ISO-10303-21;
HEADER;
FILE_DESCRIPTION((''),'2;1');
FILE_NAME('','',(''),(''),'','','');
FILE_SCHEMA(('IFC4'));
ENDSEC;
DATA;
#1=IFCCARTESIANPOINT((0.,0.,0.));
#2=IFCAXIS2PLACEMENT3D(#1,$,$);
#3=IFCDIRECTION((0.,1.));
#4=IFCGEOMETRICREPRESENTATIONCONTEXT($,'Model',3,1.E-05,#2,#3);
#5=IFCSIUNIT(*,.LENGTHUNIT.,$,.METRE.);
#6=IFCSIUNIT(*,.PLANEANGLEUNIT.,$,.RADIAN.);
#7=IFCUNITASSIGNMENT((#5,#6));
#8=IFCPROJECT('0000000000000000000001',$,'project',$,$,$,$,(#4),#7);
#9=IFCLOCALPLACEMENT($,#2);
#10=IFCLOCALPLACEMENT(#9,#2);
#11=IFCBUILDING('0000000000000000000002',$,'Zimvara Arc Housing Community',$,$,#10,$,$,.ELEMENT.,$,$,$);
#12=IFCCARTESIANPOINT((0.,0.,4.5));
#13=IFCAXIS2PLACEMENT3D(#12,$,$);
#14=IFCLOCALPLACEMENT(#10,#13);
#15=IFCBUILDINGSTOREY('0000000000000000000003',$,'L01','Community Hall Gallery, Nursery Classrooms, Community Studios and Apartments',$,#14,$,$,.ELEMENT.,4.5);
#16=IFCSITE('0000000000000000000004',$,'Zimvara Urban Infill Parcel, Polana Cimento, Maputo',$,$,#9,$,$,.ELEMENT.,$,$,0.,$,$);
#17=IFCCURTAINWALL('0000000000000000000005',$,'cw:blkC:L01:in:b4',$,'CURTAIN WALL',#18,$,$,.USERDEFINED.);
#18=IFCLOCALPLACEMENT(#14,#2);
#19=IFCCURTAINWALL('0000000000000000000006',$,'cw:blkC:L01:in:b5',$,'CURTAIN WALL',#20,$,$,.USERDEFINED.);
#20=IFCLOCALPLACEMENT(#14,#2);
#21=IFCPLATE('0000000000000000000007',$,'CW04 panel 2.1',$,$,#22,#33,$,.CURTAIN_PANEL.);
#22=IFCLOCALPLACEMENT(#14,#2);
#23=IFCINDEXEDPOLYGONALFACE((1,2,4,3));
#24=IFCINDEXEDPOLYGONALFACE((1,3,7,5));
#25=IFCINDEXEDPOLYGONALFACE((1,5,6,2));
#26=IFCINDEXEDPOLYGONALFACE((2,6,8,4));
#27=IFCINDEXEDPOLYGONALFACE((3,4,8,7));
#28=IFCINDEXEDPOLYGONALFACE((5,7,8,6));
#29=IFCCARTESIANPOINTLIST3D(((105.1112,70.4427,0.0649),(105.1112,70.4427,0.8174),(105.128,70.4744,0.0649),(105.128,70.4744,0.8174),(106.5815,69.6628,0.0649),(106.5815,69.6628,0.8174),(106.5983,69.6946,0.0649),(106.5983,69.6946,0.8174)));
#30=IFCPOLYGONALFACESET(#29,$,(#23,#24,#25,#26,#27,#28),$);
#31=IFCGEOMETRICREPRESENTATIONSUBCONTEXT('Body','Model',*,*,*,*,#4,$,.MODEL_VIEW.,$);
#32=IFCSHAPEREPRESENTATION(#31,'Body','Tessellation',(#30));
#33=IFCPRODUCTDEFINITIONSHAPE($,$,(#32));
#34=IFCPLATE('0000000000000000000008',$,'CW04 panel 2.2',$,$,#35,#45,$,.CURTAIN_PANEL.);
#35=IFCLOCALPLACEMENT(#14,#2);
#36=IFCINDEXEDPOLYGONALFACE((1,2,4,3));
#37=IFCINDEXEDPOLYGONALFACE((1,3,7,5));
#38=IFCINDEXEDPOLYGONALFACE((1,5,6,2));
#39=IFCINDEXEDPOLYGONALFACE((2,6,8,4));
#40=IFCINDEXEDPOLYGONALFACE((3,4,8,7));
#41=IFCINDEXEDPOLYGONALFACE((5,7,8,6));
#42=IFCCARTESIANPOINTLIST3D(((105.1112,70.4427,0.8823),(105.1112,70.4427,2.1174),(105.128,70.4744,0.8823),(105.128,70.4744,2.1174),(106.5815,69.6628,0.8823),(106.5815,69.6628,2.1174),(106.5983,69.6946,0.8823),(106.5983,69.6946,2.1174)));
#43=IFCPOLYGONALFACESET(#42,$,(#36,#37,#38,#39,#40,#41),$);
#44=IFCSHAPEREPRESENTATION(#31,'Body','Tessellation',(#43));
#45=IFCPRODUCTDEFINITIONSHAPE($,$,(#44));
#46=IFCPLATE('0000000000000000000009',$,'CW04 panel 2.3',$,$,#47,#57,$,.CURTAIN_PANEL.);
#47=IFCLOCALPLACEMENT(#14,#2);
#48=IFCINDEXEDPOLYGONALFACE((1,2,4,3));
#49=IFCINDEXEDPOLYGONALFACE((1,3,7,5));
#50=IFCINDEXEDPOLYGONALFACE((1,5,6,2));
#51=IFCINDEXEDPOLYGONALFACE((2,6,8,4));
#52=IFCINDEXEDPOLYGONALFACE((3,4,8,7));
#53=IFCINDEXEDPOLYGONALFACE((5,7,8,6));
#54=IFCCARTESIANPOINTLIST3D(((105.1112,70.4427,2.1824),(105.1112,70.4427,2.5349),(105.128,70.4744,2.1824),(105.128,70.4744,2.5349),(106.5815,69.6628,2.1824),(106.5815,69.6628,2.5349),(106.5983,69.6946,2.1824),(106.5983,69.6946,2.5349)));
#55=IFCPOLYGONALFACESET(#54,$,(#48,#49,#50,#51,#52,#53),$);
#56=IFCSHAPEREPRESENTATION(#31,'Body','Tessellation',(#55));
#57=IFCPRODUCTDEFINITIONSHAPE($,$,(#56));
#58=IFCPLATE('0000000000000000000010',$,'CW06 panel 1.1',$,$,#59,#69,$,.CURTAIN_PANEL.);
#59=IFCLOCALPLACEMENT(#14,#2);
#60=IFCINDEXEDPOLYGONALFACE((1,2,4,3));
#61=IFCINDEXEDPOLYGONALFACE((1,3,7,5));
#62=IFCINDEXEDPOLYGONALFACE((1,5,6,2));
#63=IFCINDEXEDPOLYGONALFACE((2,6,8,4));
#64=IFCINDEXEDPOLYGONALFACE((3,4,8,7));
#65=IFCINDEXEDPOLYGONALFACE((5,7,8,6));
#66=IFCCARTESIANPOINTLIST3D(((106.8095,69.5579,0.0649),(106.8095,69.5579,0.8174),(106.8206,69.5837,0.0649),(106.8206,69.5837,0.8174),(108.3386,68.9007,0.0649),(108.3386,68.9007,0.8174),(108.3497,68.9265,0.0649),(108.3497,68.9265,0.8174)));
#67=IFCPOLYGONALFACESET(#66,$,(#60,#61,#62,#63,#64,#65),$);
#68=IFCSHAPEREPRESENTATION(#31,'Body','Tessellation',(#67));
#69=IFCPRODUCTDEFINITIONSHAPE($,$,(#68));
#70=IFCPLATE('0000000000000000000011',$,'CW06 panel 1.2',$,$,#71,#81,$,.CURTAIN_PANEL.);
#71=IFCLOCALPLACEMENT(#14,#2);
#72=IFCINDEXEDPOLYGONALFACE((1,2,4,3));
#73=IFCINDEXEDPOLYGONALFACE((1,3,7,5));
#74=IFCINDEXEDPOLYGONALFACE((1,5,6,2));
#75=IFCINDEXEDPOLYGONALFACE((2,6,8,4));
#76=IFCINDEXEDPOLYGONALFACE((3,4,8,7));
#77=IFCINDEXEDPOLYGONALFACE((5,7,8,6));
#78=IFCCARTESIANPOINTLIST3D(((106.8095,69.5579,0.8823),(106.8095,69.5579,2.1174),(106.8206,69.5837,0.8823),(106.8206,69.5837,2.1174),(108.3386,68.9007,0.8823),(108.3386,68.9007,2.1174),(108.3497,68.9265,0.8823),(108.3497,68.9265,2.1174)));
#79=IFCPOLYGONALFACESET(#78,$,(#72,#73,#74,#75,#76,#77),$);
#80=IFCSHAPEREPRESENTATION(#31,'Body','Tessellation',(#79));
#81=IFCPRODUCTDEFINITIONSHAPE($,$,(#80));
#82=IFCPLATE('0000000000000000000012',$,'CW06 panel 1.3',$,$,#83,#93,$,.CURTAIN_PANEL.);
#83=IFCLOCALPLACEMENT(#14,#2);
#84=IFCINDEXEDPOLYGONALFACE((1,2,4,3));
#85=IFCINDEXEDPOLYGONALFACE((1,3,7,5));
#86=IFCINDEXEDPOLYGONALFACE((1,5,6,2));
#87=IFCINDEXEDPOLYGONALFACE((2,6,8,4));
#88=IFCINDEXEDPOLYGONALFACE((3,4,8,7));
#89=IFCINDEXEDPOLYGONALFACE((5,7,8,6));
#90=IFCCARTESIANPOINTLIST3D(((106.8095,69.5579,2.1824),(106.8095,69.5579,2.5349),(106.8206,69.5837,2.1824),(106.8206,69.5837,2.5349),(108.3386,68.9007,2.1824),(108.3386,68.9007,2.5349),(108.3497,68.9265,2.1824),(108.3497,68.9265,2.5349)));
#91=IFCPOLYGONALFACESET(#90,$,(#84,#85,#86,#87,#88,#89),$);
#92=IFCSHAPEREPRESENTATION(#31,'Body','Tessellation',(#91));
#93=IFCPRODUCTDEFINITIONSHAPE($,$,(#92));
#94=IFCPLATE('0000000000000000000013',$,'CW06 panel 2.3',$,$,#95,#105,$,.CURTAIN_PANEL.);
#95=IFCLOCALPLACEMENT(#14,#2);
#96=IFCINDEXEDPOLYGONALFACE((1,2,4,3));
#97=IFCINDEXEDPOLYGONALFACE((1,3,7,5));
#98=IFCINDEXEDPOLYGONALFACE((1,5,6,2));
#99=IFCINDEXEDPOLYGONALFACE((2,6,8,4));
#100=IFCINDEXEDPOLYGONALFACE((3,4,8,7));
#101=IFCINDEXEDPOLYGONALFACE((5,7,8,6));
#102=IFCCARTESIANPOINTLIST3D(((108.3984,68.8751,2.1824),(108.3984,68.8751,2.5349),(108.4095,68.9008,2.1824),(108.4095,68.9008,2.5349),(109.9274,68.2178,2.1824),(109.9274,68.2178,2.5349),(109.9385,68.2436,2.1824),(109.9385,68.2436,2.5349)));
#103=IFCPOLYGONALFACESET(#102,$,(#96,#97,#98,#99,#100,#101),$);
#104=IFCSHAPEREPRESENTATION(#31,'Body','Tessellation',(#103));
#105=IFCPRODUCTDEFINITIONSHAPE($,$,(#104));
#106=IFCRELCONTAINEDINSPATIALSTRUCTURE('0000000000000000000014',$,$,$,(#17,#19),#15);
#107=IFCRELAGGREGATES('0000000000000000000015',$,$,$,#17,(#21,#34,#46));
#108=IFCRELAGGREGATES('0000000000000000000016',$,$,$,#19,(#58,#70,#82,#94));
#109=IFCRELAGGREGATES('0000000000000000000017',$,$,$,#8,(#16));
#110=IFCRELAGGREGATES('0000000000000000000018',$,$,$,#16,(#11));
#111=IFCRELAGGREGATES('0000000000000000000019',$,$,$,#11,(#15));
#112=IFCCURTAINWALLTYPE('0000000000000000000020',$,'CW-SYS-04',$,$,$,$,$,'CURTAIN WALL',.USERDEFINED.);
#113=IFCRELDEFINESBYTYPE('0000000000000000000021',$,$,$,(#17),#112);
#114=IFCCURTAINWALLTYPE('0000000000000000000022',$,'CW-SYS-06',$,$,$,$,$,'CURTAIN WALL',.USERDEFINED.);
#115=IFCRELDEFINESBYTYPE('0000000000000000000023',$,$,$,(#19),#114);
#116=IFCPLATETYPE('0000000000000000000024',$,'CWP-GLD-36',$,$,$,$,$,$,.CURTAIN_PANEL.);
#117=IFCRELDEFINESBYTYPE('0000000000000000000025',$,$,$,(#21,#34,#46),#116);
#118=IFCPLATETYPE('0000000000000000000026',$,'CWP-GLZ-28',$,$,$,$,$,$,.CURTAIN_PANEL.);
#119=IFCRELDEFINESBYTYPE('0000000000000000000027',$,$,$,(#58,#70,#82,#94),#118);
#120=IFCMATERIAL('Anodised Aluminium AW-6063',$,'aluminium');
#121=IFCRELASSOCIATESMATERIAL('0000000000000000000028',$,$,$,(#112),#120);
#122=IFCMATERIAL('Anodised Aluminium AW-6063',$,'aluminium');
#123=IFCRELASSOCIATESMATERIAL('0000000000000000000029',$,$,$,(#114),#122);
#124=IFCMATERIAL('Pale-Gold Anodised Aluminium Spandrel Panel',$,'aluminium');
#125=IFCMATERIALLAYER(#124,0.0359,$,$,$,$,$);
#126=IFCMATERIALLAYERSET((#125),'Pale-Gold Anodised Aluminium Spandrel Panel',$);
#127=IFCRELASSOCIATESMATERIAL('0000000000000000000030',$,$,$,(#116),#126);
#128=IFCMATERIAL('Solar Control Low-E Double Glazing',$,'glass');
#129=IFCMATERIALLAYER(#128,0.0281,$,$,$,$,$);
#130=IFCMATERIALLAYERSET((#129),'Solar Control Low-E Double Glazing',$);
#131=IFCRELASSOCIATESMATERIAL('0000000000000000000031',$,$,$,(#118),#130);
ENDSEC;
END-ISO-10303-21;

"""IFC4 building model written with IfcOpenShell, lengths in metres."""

from ifc_helpers import new_model, si_unit, direction, frame, origin, origin_2d, place, context, subcontext, project, spatial, rectangle, extrude, material, layer, layer_set, type_object, element, aggregate, save


model = new_model("IFC4")

# Units and contexts
model_context = context("Model", 3, precision=1e-05, world=origin(), true_north=direction((0.0, 1.0)))
body_context = subcontext(model_context, "Body", "Model", "MODEL_VIEW")
ifc_project = project(units=[si_unit("LENGTHUNIT", "METRE"), si_unit("PLANEANGLEUNIT", "RADIAN")], contexts=[model_context])

# Site, building, storey
site_placement = place(None, origin())
site = spatial("IfcSite", under=ifc_project, at=site_placement, Name="Zimvara Urban Infill Parcel, Polana Cimento, Maputo", CompositionType="ELEMENT", RefElevation=0.0)
building_placement = place(site_placement, origin())
building = spatial("IfcBuilding", under=site, at=building_placement, Name="Zimvara Arc Housing Community", CompositionType="ELEMENT")
storey_placement = place(building_placement, frame((0.0, 0.0, 4.5)))
storey = spatial("IfcBuildingStorey", under=building, at=storey_placement, Name="L01", Description="Community Hall Gallery, Nursery Classrooms, Community Studios and Apartments", CompositionType="ELEMENT", Elevation=4.5)

# Curtain wall
ifc_material_1 = material(Name="Anodised Aluminium AW-6063", Category="aluminium")
curtain_wall_type_1 = type_object("IfcCurtainWallType", Name="CW-SYS-04", ElementType="CURTAIN WALL", PredefinedType="USERDEFINED", material=ifc_material_1)
curtain_wall_1_placement = place(storey_placement, origin())
curtain_wall_1 = element("IfcCurtainWall", 1, at=curtain_wall_1_placement, inside=storey, type_object=curtain_wall_type_1, Name="cw:blkC:L01:in:b4", ObjectType="CURTAIN WALL", PredefinedType="USERDEFINED")

# Curtain wall
ifc_material_2 = material(Name="Anodised Aluminium AW-6063", Category="aluminium")
curtain_wall_type_2 = type_object("IfcCurtainWallType", Name="CW-SYS-06", ElementType="CURTAIN WALL", PredefinedType="USERDEFINED", material=ifc_material_2)
curtain_wall_2_placement = place(storey_placement, origin())
curtain_wall_2 = element("IfcCurtainWall", 2, at=curtain_wall_2_placement, inside=storey, type_object=curtain_wall_type_2, Name="cw:blkC:L01:in:b5", ObjectType="CURTAIN WALL", PredefinedType="USERDEFINED")

# Plates
ifc_material_3 = material(Name="Pale-Gold Anodised Aluminium Spandrel Panel", Category="aluminium")
ifc_layer_1 = layer(ifc_material_3, 0.0359)
ifc_layer_set_1 = layer_set([ifc_layer_1], Name="Pale-Gold Anodised Aluminium Spandrel Panel")
plate_type_1 = type_object("IfcPlateType", Name="CWP-GLD-36", PredefinedType="CURTAIN_PANEL", material=ifc_layer_set_1)
plate_1_placement = place(storey_placement, frame((105.8547, 70.0686, 0.0649), z_axis=(0.0, 0.0, 1.0), x_axis=(0.88344, -0.468545, 0.0)))
plate_1 = element("IfcPlate", 3, at=plate_1_placement, type_object=plate_type_1, Name="CW04 panel 2.1", PredefinedType="CURTAIN_PANEL", context=body_context, shape_type="SweptSolid", body=[
    extrude(rectangle(XDim=1.6643, YDim=0.0359, at=origin_2d()), origin(), (0.0, 0.0, 1.0), 0.7524),
])
plate_2_placement = place(storey_placement, frame((105.8547, 70.0686, 0.8823), z_axis=(0.0, 0.0, 1.0), x_axis=(0.88344, -0.468545, 0.0)))
plate_2 = element("IfcPlate", 4, at=plate_2_placement, type_object=plate_type_1, Name="CW04 panel 2.2", PredefinedType="CURTAIN_PANEL", context=body_context, shape_type="SweptSolid", body=[
    extrude(rectangle(XDim=1.6643, YDim=0.0359, at=origin_2d()), origin(), (0.0, 0.0, 1.0), 1.2351),
])
plate_3_placement = place(storey_placement, frame((105.8547, 70.0686, 2.1824), z_axis=(0.0, 0.0, 1.0), x_axis=(0.88344, -0.468545, 0.0)))
plate_3 = element("IfcPlate", 5, at=plate_3_placement, type_object=plate_type_1, Name="CW04 panel 2.3", PredefinedType="CURTAIN_PANEL", context=body_context, shape_type="SweptSolid", body=[
    extrude(rectangle(XDim=1.6643, YDim=0.0359, at=origin_2d()), origin(), (0.0, 0.0, 1.0), 0.3525),
])
aggregate(curtain_wall_1, [plate_1, plate_2, plate_3])
ifc_material_4 = material(Name="Solar Control Low-E Double Glazing", Category="glass")
ifc_layer_2 = layer(ifc_material_4, 0.0281)
ifc_layer_set_2 = layer_set([ifc_layer_2], Name="Solar Control Low-E Double Glazing")
plate_type_2 = type_object("IfcPlateType", Name="CWP-GLZ-28", PredefinedType="CURTAIN_PANEL", material=ifc_layer_set_2)
plate_4_placement = place(storey_placement, frame((107.5796, 69.2422, 0.0649), z_axis=(0.0, 0.0, 1.0), x_axis=(0.918722, -0.394904, 0.0)))
plate_4 = element("IfcPlate", 6, at=plate_4_placement, type_object=plate_type_2, Name="CW06 panel 1.1", PredefinedType="CURTAIN_PANEL", context=body_context, shape_type="SweptSolid", body=[
    extrude(rectangle(XDim=1.6643, YDim=0.0281, at=origin_2d()), origin(), (0.0, 0.0, 1.0), 0.7524),
])
plate_5_placement = place(storey_placement, frame((107.5796, 69.2422, 0.8823), z_axis=(0.0, 0.0, 1.0), x_axis=(0.918722, -0.394904, 0.0)))
plate_5 = element("IfcPlate", 7, at=plate_5_placement, type_object=plate_type_2, Name="CW06 panel 1.2", PredefinedType="CURTAIN_PANEL", context=body_context, shape_type="SweptSolid", body=[
    extrude(rectangle(XDim=1.6643, YDim=0.0281, at=origin_2d()), origin(), (0.0, 0.0, 1.0), 1.2351),
])
plate_6_placement = place(storey_placement, frame((107.5796, 69.2422, 2.1824), z_axis=(0.0, 0.0, 1.0), x_axis=(0.918722, -0.394904, 0.0)))
plate_6 = element("IfcPlate", 8, at=plate_6_placement, type_object=plate_type_2, Name="CW06 panel 1.3", PredefinedType="CURTAIN_PANEL", context=body_context, shape_type="SweptSolid", body=[
    extrude(rectangle(XDim=1.6643, YDim=0.0281, at=origin_2d()), origin(), (0.0, 0.0, 1.0), 0.3525),
])
plate_7_placement = place(storey_placement, frame((109.1685, 68.5593, 2.1824), z_axis=(0.0, 0.0, 1.0), x_axis=(0.918722, -0.394904, 0.0)))
plate_7 = element("IfcPlate", 9, at=plate_7_placement, type_object=plate_type_2, Name="CW06 panel 2.3", PredefinedType="CURTAIN_PANEL", context=body_context, shape_type="SweptSolid", body=[
    extrude(rectangle(XDim=1.6643, YDim=0.0281, at=origin_2d()), origin(), (0.0, 0.0, 1.0), 0.3525),
])
aggregate(curtain_wall_2, [plate_4, plate_5, plate_6, plate_7])

save(model, "model.ifc")
